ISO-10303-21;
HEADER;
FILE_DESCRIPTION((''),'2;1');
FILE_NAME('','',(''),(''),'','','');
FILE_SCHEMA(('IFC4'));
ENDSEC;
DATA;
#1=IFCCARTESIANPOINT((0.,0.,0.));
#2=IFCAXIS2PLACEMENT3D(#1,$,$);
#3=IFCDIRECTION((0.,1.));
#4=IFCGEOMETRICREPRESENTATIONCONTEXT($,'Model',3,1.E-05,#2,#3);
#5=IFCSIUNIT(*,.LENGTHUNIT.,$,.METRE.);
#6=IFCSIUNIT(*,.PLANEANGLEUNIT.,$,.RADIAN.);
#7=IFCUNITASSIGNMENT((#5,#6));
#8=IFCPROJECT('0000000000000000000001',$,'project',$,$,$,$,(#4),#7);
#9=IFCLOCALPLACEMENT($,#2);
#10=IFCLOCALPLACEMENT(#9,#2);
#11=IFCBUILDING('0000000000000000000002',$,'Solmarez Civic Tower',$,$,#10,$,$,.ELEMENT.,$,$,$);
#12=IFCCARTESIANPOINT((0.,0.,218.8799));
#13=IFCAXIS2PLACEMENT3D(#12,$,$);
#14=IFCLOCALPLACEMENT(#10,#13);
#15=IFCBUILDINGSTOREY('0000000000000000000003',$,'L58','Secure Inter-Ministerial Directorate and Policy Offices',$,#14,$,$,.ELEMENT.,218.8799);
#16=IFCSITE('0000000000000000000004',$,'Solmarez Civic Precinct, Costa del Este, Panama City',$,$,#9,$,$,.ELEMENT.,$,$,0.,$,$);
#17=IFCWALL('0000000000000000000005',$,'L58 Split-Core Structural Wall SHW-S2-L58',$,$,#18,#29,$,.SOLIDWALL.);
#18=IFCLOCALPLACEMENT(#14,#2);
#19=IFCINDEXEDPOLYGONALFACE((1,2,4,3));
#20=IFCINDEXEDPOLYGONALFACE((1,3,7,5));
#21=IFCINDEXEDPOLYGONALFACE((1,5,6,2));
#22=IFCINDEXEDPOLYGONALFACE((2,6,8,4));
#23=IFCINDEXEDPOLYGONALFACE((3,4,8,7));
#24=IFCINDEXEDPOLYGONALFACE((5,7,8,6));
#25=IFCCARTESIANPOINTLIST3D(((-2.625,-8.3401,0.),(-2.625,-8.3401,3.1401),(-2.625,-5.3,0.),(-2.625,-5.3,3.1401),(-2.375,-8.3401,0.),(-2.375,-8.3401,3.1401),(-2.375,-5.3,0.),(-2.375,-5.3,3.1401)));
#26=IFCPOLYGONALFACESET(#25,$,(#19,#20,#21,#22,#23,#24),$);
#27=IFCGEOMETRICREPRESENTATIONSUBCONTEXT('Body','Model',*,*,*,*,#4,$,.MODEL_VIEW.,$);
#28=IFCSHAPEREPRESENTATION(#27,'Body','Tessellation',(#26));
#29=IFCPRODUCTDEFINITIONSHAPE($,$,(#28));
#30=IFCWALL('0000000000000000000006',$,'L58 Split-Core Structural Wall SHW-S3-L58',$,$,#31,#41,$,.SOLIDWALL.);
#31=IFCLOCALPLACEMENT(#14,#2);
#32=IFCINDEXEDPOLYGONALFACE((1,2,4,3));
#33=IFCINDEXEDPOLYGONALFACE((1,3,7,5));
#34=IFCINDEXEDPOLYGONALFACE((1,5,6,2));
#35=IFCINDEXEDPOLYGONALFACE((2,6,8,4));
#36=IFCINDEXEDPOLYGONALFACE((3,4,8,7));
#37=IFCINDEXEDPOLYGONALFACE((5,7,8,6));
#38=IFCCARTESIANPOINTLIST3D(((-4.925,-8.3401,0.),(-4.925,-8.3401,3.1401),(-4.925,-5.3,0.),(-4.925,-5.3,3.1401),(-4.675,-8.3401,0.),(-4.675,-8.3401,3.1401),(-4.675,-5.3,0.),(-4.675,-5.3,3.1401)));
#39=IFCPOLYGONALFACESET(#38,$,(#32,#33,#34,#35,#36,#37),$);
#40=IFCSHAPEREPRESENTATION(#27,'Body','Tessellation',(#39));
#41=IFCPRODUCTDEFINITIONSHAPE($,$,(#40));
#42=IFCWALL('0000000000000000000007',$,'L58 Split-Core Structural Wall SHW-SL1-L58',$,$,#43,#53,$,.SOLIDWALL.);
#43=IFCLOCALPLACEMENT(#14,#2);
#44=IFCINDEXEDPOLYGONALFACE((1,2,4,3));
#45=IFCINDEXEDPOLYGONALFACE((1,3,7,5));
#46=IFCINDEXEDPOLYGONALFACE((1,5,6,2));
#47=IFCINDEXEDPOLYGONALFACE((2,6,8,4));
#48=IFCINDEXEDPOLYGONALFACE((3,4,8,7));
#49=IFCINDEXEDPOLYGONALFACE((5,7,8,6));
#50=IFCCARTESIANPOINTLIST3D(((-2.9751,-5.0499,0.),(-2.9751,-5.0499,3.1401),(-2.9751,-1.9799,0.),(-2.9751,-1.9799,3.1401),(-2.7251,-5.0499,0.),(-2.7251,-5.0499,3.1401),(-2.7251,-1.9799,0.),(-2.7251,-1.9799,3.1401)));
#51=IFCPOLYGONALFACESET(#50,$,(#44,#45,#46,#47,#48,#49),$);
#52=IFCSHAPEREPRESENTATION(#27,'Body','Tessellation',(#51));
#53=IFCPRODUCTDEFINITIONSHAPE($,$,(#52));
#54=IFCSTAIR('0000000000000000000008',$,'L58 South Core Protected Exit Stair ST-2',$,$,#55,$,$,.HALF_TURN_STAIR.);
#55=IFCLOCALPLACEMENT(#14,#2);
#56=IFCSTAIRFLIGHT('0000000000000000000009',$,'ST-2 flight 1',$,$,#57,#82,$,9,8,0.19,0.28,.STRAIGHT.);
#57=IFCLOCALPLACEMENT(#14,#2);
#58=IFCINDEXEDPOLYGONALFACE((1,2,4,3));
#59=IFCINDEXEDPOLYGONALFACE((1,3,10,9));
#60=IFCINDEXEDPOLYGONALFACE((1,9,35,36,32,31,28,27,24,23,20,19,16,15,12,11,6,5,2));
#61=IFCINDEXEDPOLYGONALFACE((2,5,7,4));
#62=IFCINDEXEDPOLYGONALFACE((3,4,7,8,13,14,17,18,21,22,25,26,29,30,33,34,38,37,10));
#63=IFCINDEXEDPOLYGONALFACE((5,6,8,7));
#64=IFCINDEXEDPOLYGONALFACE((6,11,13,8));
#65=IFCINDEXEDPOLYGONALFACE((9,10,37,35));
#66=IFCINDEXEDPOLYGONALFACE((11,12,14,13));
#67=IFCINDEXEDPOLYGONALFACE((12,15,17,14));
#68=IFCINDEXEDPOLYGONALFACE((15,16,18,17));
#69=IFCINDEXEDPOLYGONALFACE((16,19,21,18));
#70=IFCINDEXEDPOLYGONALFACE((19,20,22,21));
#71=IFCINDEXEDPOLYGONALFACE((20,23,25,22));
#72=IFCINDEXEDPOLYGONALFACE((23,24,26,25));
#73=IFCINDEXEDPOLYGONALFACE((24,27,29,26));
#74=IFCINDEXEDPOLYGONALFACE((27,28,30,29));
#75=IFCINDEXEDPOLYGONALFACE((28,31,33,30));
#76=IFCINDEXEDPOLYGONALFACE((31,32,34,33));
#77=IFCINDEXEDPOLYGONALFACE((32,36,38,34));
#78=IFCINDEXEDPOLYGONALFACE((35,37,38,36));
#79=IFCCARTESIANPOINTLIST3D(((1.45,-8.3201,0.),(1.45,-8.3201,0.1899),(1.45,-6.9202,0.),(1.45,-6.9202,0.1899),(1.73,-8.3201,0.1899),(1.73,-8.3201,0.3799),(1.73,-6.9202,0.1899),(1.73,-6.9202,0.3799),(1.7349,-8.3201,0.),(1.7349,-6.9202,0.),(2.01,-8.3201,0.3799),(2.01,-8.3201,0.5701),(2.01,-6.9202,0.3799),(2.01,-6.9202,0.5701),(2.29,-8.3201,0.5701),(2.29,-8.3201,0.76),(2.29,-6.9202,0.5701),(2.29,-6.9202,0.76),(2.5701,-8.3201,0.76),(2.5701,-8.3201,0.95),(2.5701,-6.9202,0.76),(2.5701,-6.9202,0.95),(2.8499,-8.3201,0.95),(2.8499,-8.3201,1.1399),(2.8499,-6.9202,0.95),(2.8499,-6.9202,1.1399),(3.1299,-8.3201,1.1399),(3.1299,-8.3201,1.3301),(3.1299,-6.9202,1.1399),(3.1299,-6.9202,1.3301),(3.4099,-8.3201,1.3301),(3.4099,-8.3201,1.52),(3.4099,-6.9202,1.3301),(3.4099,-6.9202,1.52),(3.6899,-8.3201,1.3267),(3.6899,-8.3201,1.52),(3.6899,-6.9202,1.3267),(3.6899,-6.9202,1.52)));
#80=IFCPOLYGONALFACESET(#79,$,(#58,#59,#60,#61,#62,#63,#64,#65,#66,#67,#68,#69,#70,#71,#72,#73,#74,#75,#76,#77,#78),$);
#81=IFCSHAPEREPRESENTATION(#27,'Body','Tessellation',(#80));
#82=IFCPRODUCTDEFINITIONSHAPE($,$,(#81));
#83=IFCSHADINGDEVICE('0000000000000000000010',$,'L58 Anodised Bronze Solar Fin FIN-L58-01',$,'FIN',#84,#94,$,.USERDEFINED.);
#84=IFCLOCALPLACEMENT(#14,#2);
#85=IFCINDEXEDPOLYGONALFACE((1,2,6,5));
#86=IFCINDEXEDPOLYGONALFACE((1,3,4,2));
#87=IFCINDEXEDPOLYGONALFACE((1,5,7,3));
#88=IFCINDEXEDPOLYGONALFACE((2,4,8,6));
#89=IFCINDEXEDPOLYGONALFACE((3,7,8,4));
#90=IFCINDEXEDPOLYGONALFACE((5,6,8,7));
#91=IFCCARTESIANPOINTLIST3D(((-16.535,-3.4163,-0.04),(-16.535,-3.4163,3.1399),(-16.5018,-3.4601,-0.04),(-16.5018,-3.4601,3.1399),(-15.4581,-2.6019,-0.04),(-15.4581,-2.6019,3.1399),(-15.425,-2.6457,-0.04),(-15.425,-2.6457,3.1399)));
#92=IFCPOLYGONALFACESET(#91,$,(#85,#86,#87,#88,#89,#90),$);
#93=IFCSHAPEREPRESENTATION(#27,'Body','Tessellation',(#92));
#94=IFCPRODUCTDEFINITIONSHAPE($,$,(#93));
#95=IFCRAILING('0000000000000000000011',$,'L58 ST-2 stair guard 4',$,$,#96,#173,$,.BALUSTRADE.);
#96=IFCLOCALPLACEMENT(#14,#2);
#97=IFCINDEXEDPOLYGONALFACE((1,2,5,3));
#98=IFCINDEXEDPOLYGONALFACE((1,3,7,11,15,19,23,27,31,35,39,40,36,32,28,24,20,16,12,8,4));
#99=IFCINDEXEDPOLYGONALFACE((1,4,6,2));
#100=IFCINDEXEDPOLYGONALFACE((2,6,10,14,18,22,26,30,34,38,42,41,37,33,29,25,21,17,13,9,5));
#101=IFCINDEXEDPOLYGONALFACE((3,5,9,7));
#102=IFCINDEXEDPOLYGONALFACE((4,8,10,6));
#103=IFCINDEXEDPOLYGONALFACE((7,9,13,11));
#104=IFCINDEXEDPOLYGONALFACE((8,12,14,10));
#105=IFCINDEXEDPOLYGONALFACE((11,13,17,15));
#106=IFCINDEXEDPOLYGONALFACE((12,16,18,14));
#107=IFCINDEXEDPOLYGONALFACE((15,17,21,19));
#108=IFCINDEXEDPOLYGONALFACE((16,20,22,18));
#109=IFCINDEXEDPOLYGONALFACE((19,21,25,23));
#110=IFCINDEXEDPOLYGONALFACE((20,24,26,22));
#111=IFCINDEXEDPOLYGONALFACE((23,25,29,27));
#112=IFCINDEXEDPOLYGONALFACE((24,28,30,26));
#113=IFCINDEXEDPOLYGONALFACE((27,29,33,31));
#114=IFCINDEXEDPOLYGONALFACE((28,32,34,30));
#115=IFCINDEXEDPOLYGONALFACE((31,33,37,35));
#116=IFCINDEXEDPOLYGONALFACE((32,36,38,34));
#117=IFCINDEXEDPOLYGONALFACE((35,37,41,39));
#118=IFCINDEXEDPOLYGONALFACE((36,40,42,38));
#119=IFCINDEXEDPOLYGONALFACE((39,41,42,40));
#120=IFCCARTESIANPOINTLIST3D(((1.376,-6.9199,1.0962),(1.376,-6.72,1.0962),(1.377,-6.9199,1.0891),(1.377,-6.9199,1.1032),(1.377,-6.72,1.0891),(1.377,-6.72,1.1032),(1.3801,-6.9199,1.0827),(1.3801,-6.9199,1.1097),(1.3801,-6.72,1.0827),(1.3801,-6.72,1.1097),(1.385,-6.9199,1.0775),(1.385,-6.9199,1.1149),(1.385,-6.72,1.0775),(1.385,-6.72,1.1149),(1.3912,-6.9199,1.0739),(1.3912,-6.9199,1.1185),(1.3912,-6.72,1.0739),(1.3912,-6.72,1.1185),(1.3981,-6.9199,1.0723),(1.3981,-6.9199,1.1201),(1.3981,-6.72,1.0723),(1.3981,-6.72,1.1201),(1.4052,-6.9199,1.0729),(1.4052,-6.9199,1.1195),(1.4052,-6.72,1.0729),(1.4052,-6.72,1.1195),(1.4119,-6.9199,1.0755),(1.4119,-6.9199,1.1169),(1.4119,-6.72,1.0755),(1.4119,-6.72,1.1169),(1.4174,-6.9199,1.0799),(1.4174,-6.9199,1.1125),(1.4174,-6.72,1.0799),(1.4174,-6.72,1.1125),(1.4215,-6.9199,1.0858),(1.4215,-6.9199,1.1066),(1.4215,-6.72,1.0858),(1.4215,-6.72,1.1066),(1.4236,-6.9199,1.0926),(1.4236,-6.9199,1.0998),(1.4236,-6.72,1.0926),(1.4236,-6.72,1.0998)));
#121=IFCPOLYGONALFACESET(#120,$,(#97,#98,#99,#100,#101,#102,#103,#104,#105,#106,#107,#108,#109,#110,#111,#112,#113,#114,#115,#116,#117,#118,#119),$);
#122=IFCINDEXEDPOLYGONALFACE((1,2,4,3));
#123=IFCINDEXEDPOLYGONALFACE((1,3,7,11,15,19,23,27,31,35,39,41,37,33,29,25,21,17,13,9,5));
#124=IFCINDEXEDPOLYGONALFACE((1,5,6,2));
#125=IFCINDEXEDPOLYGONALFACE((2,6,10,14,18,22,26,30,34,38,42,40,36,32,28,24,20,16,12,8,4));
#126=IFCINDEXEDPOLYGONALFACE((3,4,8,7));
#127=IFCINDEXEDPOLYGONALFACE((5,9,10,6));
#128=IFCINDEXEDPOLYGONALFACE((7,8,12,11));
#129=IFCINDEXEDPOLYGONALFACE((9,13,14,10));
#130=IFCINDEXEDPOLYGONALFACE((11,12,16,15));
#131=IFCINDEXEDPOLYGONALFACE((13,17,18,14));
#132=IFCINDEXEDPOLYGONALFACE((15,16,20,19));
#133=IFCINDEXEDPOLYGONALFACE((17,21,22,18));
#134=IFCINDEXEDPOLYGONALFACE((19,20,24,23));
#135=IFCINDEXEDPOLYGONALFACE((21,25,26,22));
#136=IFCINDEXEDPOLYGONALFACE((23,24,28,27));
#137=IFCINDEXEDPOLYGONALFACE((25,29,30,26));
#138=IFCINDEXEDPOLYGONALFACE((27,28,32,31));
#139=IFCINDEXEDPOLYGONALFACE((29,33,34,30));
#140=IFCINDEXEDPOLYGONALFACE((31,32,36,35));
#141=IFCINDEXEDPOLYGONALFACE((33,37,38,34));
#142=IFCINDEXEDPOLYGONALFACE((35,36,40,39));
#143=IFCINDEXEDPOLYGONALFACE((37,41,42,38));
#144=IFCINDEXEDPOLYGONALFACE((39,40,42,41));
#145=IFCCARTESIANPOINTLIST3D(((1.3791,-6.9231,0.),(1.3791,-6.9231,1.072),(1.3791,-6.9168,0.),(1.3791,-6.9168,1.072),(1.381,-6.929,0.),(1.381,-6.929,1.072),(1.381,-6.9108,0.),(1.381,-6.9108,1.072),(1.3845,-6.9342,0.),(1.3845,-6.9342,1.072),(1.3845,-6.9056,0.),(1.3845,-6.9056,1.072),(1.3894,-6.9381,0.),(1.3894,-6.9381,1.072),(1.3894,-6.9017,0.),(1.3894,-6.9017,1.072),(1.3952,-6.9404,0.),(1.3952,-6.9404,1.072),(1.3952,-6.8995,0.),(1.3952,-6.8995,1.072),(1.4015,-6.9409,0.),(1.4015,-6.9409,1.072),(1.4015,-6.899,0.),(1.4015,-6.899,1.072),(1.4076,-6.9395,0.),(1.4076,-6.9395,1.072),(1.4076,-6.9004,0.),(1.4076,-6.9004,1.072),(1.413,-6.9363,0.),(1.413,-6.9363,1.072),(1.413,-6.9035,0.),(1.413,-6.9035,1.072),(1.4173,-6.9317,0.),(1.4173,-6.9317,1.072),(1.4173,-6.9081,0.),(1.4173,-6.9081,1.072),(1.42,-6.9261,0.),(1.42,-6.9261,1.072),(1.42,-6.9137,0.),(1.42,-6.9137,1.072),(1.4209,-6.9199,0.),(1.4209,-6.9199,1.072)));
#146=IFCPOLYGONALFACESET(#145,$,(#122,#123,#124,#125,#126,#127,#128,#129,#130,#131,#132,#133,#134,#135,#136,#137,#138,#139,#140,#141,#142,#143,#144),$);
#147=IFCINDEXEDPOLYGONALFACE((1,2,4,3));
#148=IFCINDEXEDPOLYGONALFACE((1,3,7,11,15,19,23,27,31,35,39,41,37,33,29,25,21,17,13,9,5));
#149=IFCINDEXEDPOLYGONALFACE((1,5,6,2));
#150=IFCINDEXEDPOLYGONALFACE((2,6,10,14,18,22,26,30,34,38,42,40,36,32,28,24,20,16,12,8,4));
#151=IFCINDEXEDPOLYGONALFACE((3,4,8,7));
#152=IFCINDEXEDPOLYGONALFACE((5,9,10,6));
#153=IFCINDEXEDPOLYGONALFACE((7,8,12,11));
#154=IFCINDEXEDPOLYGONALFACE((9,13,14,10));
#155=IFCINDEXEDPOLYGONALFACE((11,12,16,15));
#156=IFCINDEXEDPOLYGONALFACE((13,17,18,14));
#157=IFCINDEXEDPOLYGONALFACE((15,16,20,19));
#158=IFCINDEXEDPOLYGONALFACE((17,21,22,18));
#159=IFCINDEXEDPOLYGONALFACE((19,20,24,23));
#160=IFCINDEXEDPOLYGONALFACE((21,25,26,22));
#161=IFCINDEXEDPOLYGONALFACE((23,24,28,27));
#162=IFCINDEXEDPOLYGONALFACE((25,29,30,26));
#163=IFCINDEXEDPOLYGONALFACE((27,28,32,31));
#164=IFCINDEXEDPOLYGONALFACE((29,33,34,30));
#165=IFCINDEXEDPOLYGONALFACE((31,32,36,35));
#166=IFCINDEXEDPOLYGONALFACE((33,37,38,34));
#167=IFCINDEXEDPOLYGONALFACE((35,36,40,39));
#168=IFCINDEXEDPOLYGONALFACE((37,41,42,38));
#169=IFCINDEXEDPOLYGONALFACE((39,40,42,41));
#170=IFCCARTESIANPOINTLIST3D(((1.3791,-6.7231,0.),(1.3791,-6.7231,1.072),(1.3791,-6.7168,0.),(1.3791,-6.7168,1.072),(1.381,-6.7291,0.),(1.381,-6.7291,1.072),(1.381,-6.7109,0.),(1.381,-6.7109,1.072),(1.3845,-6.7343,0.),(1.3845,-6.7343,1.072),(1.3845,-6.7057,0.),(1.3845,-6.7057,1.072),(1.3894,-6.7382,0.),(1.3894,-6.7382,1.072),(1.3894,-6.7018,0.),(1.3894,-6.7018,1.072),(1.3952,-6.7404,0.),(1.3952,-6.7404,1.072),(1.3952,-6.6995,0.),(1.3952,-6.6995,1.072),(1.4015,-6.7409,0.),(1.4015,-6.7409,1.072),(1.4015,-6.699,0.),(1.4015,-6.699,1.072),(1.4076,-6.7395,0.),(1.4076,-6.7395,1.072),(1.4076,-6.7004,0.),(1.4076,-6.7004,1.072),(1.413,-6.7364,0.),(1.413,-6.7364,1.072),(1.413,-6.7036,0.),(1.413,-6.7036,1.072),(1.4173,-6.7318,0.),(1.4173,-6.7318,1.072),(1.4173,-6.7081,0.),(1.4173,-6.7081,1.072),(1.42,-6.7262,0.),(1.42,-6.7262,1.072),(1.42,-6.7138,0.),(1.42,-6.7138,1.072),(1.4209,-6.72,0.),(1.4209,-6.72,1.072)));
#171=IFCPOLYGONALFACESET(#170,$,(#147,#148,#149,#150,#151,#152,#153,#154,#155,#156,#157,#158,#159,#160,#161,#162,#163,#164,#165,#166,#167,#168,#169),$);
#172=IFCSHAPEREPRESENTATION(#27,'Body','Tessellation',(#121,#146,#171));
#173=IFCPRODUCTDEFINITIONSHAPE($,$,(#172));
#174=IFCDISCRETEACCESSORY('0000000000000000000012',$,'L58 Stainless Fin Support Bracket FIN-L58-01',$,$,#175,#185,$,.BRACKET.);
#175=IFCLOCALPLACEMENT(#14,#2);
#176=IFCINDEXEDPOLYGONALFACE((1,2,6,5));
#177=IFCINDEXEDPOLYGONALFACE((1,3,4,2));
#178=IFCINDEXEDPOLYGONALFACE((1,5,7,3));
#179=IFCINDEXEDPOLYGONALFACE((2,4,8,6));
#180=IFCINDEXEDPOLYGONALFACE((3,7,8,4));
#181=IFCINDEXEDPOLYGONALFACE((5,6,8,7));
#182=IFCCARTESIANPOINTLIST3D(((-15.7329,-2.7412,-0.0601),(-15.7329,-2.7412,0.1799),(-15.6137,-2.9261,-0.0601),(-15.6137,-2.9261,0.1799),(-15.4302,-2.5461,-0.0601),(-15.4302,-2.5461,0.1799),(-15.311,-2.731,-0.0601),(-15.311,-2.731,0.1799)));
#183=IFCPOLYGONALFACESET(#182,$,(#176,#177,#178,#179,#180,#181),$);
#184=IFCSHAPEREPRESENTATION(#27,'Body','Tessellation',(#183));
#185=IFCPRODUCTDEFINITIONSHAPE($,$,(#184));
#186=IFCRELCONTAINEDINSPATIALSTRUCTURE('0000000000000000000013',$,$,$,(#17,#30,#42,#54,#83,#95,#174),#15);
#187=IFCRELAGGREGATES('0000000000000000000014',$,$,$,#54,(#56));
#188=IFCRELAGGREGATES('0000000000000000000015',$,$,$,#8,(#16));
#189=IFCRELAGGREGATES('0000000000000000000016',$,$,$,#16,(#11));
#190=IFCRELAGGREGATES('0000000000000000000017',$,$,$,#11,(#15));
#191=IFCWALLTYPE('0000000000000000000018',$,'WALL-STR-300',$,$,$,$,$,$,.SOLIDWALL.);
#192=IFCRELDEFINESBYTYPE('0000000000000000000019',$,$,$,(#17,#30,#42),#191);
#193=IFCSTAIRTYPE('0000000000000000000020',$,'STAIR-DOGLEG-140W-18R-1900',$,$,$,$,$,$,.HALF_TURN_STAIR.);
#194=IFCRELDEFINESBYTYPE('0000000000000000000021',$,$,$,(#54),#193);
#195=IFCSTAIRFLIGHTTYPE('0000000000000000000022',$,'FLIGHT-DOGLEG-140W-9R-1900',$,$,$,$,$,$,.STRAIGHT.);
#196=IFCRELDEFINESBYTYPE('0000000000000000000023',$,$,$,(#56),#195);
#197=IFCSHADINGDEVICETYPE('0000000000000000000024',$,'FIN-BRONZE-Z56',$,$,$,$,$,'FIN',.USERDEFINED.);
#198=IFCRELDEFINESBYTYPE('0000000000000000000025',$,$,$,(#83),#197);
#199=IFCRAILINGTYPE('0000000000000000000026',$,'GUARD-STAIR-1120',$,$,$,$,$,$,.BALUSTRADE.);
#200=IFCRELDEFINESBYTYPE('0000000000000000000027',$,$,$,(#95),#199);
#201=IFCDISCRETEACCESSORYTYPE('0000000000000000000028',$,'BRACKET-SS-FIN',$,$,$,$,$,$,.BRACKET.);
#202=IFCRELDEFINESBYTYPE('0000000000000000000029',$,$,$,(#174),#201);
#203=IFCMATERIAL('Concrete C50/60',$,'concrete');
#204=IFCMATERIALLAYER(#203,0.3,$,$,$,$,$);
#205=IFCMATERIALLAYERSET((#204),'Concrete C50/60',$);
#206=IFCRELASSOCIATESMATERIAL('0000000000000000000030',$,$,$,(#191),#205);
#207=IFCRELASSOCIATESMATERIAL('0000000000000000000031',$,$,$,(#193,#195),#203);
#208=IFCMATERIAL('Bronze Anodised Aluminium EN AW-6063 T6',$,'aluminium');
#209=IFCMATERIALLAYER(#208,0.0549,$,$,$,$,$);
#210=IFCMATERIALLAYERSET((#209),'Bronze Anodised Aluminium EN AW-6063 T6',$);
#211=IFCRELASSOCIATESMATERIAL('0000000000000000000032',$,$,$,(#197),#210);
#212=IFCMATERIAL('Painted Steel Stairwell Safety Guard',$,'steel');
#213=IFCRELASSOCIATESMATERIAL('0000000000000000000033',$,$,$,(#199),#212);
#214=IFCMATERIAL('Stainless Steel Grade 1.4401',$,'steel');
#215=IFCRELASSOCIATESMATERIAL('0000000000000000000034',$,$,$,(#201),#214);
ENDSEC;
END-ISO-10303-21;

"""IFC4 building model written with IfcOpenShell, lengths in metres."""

from ifc_helpers import new_model, si_unit, direction, frame, frame_2d, origin, origin_2d, place, context, subcontext, project, spatial, polyline, rectangle, circle, outline, extrude, material, layer, layer_set, type_object, element, aggregate, save


model = new_model("IFC4")

# Units and contexts
model_context = context("Model", 3, precision=1e-05, world=origin(), true_north=direction((0.0, 1.0)))
body_context = subcontext(model_context, "Body", "Model", "MODEL_VIEW")
ifc_project = project(units=[si_unit("LENGTHUNIT", "METRE"), si_unit("PLANEANGLEUNIT", "RADIAN")], contexts=[model_context])

# Site, building, storey
site_placement = place(None, origin())
site = spatial("IfcSite", under=ifc_project, at=site_placement, Name="Solmarez Civic Precinct, Costa del Este, Panama City", CompositionType="ELEMENT", RefElevation=0.0)
building_placement = place(site_placement, origin())
building = spatial("IfcBuilding", under=site, at=building_placement, Name="Solmarez Civic Tower", CompositionType="ELEMENT")
storey_placement = place(building_placement, frame((0.0, 0.0, 218.8799)))
storey = spatial("IfcBuildingStorey", under=building, at=storey_placement, Name="L58", Description="Secure Inter-Ministerial Directorate and Policy Offices", CompositionType="ELEMENT", Elevation=218.8799)

# Shared definitions
ifc_material_1 = material(Name="Concrete C50/60", Category="concrete")

# Shared definitions
ifc_layer_1 = layer(ifc_material_1, 0.3)
ifc_layer_set_1 = layer_set([ifc_layer_1], Name="Concrete C50/60")
wall_type_1 = type_object("IfcWallType", Name="WALL-STR-300", PredefinedType="SOLIDWALL", material=ifc_layer_set_1)

# Walls
for number, where, z_axis, x_axis, name in (
    (1, (-2.5, -8.3401, 0.0), (0.0, 0.0, 1.0), (0.0, 1.0, 0.0), "L58 Split-Core Structural Wall SHW-S2-L58"),
    (2, (-4.8, -8.3401, 0.0), (0.0, 0.0, 1.0), (0.0, 1.0, 0.0), "L58 Split-Core Structural Wall SHW-S3-L58"),
):
    element("IfcWall", number, at=place(storey_placement, frame(where, z_axis=z_axis, x_axis=x_axis)), inside=storey, type_object=wall_type_1, Name=name, PredefinedType="SOLIDWALL", context=body_context, shape_type="SweptSolid", body=[
        extrude(rectangle(XDim=3.04, YDim=0.25, at=frame_2d((1.52, 0.0))), origin(), (0.0, 0.0, 1.0), 3.1401),
    ])
wall_1_placement = place(storey_placement, frame((-2.8501, -5.05, 0.0), z_axis=(0.0, 0.0, 1.0), x_axis=(0.0, 1.0, 0.0)))
element("IfcWall", 3, at=wall_1_placement, inside=storey, type_object=wall_type_1, Name="L58 Split-Core Structural Wall SHW-SL1-L58", PredefinedType="SOLIDWALL", context=body_context, shape_type="SweptSolid", body=[
    extrude(rectangle(XDim=3.0701, YDim=0.25, at=frame_2d((1.5352, 0.0))), origin(), (0.0, 0.0, 1.0), 3.1401),
])

# Stair, stair flight
stair_type = type_object("IfcStairType", Name="STAIR-DOGLEG-140W-18R-1900", PredefinedType="HALF_TURN_STAIR", material=ifc_material_1)
stair_placement = place(storey_placement, origin())
stair = element("IfcStair", 4, at=stair_placement, inside=storey, type_object=stair_type, Name="L58 South Core Protected Exit Stair ST-2", PredefinedType="HALF_TURN_STAIR")
stair_flight_type = type_object("IfcStairFlightType", Name="FLIGHT-DOGLEG-140W-9R-1900", PredefinedType="STRAIGHT", material=ifc_material_1)
stair_flight_placement = place(storey_placement, frame((1.45, -7.6201, 0.0), z_axis=(0.0, 0.0, 1.0), x_axis=(1.0, 0.0, 0.0)))
stair_flight = element("IfcStairFlight", 5, at=stair_flight_placement, type_object=stair_flight_type, Name="ST-2 flight 1", NumberOfRisers=9, NumberOfTreads=8, PredefinedType="STRAIGHT", RiserHeight=0.19, TreadLength=0.28, context=body_context, shape_type="SweptSolid", body=[
    extrude(outline(polyline([(0.0, 0.0), (0.0, 0.1899), (0.28, 0.1899), (0.28, 0.3799), (0.5601, 0.3799), (0.5601, 0.5701), (0.8401, 0.5701), (0.8401, 0.76), (1.1201, 0.76), (1.1201, 0.95), (1.3999, 0.95), (1.3999, 1.1399), (1.6799, 1.1399), (1.6799, 1.3301), (1.96, 1.3301), (1.96, 1.52), (2.24, 1.52), (2.24, 1.71), (2.24, 1.3267), (0.2849, 0.0), (0.0, 0.0)])), frame((0.0, 0.7, 0.0), z_axis=(0.0, -1.0, 0.0), x_axis=(1.0, 0.0, 0.0)), (0.0, 0.0, 1.0), 1.3999),
])
aggregate(stair, [stair_flight])

# Shading device
ifc_material_2 = material(Name="Bronze Anodised Aluminium EN AW-6063 T6", Category="aluminium")
ifc_layer_2 = layer(ifc_material_2, 0.0549)
ifc_layer_set_2 = layer_set([ifc_layer_2], Name="Bronze Anodised Aluminium EN AW-6063 T6")
shading_device_type = type_object("IfcShadingDeviceType", Name="FIN-BRONZE-Z56", ElementType="FIN", PredefinedType="USERDEFINED", material=ifc_layer_set_2)
shading_device_placement = place(storey_placement, frame((-15.98, -3.031, -0.04), z_axis=(0.0, 0.0, 1.0), x_axis=(-0.797616, -0.603166, 0.0)))
element("IfcShadingDevice", 6, at=shading_device_placement, inside=storey, type_object=shading_device_type, Name="L58 Anodised Bronze Solar Fin FIN-L58-01", ObjectType="FIN", PredefinedType="USERDEFINED", context=body_context, shape_type="SweptSolid", body=[
    extrude(rectangle(XDim=1.3501, YDim=0.0549, at=origin_2d()), origin(), (0.0, 0.0, 1.0), 3.1799),
])

# Railing
ifc_material_3 = material(Name="Painted Steel Stairwell Safety Guard", Category="steel")
railing_type = type_object("IfcRailingType", Name="GUARD-STAIR-1120", PredefinedType="BALUSTRADE", material=ifc_material_3)
railing_placement = place(storey_placement, frame((1.3999, -6.9199, 0.0)))
element("IfcRailing", 7, at=railing_placement, inside=storey, type_object=railing_type, Name="L58 ST-2 stair guard 4", PredefinedType="BALUSTRADE", context=body_context, shape_type="SweptSolid", body=[
    extrude(circle(Radius=0.0239, at=origin_2d()), frame((0.0, 0.0, 1.0962), z_axis=(0.0, 1.0, 0.0), x_axis=(-1.0, 0.0, 0.0)), (0.0, 0.0, 1.0), 0.2),
    extrude(circle(Radius=0.021, at=origin_2d()), origin(), (0.0, 0.0, 1.0), 1.072),
    extrude(circle(Radius=0.021, at=origin_2d()), frame((0.0, 0.2, 0.0)), (0.0, 0.0, 1.0), 1.072),
])

# Discrete accessory
ifc_material_4 = material(Name="Stainless Steel Grade 1.4401", Category="steel")
discrete_accessory_type = type_object("IfcDiscreteAccessoryType", Name="BRACKET-SS-FIN", PredefinedType="BRACKET", material=ifc_material_4)
discrete_accessory_placement = place(storey_placement, frame((-15.522, -2.7361, -0.0601), z_axis=(0.0, 0.0, 1.0), x_axis=(-0.840571, -0.541701, 0.0)))
element("IfcDiscreteAccessory", 8, at=discrete_accessory_placement, inside=storey, type_object=discrete_accessory_type, Name="L58 Stainless Fin Support Bracket FIN-L58-01", PredefinedType="BRACKET", context=body_context, shape_type="SweptSolid", body=[
    extrude(rectangle(XDim=0.3601, YDim=0.22, at=origin_2d()), origin(), (0.0, 0.0, 1.0), 0.24),
])

save(model, "model.ifc")
